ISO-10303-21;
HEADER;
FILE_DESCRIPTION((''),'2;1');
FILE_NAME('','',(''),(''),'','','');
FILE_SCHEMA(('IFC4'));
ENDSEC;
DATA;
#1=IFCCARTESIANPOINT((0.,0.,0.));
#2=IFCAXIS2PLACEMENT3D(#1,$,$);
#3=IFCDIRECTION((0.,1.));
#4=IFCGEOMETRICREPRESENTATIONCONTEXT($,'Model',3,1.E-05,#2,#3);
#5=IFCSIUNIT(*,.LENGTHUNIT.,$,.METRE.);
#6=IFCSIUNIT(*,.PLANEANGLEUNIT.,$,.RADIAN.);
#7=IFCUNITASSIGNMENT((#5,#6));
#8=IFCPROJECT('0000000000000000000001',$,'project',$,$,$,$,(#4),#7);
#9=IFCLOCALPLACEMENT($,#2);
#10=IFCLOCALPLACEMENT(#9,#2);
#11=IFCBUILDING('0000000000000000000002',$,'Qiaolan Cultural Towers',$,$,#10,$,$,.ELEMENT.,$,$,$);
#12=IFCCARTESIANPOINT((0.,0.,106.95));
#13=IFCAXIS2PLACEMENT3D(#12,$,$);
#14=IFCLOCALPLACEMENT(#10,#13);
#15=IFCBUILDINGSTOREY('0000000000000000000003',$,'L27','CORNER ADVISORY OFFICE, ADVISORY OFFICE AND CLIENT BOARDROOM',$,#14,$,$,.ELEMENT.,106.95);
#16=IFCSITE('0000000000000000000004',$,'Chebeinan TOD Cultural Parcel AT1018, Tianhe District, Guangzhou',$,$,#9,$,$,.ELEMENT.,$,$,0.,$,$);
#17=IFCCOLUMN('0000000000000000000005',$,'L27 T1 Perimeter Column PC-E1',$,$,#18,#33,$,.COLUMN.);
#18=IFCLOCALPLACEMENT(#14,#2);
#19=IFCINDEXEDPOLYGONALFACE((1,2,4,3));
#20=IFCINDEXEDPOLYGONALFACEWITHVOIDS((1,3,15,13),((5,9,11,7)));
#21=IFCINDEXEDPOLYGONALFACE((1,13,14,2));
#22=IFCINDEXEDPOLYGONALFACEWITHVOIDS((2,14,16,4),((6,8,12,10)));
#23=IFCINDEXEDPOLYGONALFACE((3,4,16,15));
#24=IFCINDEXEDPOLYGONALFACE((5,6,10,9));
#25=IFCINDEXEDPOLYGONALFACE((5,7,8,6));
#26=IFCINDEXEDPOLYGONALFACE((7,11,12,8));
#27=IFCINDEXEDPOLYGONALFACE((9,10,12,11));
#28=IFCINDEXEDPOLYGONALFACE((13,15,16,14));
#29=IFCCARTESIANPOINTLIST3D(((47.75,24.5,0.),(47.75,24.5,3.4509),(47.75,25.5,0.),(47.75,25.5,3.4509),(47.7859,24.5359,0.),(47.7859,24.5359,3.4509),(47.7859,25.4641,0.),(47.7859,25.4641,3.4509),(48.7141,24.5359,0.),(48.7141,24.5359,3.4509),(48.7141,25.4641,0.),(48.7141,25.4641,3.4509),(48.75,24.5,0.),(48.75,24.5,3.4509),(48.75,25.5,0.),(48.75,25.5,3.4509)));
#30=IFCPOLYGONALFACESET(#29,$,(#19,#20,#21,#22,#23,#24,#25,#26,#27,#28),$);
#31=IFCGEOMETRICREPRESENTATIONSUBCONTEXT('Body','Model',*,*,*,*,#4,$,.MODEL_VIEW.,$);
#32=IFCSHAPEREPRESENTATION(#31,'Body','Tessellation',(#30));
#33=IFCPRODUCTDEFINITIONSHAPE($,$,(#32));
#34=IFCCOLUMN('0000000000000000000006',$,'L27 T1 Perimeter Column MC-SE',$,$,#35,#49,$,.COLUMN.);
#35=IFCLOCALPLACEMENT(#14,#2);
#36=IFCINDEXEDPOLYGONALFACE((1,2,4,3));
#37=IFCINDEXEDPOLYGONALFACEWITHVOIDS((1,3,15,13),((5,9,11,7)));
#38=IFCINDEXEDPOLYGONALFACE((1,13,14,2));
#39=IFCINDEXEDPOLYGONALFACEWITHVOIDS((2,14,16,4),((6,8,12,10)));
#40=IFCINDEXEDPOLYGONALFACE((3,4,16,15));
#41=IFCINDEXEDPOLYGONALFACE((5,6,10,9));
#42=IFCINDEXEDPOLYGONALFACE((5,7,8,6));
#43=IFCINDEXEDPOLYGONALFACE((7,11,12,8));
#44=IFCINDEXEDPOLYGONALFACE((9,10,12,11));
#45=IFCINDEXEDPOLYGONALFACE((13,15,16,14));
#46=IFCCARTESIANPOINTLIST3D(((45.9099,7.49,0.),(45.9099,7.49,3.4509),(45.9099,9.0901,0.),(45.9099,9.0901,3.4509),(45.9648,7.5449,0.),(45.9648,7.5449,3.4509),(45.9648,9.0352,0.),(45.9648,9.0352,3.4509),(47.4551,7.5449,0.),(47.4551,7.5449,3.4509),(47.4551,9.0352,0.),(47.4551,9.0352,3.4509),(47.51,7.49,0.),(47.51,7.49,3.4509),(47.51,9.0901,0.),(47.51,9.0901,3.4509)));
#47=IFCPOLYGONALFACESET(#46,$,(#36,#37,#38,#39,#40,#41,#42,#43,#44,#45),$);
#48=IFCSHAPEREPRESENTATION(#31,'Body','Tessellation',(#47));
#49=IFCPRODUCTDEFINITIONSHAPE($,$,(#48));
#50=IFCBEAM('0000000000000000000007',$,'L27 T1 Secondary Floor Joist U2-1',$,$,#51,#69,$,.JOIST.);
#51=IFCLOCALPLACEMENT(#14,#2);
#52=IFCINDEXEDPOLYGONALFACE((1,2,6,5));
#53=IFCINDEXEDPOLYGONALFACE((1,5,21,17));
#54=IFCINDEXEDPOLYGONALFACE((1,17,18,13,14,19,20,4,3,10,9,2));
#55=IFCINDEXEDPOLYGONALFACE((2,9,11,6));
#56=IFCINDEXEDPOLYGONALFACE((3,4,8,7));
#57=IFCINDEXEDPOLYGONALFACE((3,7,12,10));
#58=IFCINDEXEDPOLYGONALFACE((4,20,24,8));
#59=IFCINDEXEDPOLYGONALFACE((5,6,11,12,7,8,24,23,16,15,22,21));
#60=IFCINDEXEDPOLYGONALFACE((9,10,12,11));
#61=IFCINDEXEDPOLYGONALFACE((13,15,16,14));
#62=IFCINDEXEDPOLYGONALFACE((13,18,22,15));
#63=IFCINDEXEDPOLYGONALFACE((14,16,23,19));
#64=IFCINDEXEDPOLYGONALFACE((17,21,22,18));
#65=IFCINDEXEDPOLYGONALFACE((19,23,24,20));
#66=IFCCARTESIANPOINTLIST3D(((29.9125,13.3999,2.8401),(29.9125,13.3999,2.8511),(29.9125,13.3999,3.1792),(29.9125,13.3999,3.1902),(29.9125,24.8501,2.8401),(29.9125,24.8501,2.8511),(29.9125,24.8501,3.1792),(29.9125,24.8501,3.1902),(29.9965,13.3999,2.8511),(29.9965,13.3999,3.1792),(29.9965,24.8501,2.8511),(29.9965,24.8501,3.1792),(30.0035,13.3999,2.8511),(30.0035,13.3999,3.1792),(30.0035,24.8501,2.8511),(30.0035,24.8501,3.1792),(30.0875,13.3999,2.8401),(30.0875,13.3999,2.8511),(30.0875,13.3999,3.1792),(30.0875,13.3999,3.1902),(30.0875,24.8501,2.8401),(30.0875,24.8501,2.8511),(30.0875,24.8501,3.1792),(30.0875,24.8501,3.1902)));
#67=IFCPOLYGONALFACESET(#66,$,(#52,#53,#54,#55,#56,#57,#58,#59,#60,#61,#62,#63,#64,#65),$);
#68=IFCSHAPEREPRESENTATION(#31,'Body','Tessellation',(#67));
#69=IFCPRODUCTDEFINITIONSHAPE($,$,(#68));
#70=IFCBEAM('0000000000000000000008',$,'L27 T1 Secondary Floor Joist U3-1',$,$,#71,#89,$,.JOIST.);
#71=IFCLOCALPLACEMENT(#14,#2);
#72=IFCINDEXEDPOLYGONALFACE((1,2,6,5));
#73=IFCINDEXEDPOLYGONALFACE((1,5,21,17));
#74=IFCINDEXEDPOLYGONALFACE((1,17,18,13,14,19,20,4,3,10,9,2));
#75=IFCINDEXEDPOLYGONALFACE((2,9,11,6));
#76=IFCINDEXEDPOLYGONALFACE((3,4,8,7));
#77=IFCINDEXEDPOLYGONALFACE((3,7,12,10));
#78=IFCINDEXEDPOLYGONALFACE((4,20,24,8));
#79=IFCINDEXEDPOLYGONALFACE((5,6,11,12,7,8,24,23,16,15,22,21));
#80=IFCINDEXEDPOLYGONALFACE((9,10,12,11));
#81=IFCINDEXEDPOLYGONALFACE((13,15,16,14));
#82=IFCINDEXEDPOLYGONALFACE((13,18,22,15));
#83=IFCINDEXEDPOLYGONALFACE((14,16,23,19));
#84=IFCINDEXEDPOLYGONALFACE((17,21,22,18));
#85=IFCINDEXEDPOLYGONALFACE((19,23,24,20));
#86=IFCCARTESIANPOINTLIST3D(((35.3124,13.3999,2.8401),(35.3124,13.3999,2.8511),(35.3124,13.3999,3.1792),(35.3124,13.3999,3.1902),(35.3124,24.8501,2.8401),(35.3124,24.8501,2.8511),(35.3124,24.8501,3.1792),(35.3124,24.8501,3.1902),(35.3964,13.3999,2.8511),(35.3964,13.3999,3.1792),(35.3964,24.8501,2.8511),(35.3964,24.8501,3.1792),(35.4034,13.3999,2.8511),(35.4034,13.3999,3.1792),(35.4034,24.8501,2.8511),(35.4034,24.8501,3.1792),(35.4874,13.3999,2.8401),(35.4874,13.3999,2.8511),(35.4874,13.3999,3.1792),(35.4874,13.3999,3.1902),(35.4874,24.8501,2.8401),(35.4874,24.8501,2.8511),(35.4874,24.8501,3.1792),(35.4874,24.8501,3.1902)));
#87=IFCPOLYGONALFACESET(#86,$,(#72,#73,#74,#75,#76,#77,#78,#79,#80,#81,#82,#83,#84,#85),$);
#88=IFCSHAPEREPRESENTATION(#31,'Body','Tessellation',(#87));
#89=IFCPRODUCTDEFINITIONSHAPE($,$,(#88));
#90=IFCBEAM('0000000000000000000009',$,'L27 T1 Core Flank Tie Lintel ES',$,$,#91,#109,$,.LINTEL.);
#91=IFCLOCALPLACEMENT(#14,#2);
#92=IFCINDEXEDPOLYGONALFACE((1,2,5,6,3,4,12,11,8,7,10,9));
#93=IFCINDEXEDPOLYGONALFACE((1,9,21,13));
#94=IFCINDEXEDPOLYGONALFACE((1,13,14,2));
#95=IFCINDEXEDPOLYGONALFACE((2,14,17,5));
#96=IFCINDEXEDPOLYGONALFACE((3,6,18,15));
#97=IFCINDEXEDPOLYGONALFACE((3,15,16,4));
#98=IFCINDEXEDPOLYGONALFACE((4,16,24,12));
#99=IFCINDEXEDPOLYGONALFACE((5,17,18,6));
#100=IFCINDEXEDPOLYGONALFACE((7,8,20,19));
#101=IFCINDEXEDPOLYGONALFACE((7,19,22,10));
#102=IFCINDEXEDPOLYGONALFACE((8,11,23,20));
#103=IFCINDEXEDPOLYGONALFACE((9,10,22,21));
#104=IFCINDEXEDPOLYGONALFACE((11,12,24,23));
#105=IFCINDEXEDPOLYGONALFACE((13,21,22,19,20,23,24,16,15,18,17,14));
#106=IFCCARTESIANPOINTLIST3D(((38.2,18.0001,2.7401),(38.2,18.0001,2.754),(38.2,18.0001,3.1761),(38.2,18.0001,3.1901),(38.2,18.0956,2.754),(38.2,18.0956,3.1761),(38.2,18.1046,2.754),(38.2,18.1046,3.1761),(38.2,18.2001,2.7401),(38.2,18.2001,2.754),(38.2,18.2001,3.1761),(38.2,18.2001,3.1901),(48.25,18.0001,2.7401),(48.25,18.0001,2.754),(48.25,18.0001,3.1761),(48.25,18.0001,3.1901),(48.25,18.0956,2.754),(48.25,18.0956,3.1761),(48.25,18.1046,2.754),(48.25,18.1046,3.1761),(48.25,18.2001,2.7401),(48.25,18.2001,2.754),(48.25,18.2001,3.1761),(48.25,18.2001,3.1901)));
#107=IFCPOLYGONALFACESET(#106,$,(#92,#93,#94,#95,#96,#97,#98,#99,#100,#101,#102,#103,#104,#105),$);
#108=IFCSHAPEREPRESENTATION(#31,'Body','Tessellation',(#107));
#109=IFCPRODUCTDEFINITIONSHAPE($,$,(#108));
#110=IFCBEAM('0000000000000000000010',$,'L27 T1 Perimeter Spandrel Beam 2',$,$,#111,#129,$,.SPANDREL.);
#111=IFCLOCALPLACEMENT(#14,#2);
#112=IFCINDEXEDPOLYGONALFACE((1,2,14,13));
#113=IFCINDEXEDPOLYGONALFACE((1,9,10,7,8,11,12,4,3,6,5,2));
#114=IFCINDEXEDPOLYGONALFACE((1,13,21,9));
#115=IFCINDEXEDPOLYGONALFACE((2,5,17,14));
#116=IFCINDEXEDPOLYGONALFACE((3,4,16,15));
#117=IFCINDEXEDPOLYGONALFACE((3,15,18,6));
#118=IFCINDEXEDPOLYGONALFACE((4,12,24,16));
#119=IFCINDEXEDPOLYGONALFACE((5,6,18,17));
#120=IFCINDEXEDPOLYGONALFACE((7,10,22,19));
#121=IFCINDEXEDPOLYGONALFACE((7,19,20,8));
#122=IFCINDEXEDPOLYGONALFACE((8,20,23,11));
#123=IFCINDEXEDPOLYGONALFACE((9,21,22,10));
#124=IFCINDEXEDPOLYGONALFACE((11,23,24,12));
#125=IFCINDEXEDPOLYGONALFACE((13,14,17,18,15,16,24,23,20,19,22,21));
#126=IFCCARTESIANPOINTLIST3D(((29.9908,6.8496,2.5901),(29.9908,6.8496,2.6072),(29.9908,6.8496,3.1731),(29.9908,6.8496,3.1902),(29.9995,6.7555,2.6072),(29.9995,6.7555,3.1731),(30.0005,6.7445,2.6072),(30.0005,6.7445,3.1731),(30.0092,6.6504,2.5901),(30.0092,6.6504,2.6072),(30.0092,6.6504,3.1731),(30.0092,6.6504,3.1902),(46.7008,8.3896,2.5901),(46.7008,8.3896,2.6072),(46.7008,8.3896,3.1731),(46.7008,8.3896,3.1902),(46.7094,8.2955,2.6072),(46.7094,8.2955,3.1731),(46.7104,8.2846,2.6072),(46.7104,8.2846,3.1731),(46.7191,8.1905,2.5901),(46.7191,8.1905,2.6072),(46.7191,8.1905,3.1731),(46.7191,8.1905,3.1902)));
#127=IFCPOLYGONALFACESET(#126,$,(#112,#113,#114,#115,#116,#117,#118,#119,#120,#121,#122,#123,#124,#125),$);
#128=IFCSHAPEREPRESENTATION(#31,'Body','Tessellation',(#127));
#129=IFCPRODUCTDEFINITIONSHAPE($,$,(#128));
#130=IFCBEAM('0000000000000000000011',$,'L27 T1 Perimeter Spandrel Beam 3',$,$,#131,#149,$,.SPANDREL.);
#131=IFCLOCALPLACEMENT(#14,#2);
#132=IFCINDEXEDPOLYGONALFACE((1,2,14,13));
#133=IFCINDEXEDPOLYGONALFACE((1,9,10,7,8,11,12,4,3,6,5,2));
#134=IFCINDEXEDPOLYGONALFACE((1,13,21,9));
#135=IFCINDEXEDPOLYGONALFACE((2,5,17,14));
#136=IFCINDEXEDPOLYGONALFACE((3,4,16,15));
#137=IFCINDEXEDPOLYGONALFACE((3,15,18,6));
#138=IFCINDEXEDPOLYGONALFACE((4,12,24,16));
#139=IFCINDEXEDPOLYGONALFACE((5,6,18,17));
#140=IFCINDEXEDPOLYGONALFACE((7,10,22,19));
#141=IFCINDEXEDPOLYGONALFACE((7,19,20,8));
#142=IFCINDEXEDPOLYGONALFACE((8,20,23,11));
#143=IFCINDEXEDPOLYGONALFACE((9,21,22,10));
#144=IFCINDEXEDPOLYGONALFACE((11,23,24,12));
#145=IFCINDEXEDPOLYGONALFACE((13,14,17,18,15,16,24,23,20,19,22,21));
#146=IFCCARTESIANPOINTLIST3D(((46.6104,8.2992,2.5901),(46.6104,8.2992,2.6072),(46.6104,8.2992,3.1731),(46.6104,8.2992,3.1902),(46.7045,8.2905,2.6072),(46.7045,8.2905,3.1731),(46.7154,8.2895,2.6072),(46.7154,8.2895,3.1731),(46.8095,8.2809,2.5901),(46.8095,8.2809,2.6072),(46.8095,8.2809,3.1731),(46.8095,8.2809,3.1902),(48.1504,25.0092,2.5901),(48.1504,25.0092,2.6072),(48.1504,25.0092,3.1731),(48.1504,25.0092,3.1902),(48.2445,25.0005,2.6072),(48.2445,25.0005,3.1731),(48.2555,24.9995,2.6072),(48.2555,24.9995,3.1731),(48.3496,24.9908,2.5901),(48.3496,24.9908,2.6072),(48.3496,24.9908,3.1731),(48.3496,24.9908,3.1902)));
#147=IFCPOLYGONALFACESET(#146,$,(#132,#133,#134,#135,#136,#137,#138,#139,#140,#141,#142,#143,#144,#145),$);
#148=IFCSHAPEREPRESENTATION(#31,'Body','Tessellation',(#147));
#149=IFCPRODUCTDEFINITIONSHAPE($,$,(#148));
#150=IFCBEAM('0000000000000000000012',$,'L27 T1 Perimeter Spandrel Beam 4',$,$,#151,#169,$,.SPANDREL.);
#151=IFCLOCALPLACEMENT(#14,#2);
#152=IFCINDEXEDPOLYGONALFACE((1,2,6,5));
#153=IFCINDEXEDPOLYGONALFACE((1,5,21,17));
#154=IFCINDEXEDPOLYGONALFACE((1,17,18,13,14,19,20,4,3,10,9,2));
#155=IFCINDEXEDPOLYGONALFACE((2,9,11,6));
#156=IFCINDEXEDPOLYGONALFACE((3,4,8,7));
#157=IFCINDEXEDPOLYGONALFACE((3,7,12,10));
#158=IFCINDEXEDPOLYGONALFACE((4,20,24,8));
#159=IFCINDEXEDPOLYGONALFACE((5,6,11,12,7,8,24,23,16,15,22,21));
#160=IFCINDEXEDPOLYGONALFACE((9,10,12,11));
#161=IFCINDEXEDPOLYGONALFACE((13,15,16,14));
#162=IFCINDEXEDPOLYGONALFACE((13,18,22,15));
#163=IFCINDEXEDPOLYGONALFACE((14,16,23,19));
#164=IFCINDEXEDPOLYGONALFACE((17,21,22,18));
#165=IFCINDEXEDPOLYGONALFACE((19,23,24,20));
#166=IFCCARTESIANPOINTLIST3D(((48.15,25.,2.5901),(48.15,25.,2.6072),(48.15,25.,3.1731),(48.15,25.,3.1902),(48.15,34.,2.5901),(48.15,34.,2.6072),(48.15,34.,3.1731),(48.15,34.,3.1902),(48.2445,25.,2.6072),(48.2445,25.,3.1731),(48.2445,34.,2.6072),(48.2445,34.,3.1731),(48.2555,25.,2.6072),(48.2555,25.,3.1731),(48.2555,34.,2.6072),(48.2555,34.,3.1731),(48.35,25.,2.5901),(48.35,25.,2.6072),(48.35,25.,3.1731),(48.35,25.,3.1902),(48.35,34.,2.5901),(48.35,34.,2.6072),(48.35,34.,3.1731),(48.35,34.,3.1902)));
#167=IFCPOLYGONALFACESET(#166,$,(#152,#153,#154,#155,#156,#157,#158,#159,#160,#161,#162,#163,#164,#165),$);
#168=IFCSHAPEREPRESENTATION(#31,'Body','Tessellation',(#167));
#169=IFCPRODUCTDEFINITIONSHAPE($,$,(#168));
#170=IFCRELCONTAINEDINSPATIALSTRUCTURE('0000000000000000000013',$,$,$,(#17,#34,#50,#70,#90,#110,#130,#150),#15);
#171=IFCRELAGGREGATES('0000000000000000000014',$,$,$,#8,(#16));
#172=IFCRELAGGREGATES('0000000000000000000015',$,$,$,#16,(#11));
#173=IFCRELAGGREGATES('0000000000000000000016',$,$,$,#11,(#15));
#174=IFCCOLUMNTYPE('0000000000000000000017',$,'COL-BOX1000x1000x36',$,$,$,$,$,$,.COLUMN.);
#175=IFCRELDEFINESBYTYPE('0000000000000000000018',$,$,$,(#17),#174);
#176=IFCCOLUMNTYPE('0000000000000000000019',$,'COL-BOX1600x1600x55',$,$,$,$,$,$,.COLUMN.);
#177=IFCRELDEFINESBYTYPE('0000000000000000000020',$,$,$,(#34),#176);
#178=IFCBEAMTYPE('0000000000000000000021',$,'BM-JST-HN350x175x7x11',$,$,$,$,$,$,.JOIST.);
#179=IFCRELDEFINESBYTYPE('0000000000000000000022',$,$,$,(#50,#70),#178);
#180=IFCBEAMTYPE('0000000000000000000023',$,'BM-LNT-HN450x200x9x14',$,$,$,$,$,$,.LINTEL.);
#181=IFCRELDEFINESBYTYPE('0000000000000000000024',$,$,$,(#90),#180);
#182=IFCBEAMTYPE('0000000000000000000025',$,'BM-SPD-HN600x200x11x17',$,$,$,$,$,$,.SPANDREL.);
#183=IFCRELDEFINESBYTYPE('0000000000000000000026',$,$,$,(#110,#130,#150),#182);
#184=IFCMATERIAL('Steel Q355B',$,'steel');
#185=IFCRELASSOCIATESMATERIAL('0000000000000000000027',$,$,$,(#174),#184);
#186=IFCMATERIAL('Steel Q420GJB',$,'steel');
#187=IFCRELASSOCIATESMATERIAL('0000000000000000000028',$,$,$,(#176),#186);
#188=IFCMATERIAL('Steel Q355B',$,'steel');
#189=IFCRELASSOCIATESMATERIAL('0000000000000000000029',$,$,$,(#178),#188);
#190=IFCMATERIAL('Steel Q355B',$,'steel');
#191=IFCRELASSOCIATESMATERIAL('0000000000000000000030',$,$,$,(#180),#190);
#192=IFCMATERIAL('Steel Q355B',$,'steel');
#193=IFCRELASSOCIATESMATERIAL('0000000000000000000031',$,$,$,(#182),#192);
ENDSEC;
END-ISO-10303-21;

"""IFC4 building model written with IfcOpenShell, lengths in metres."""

from ifc_helpers import new_model, si_unit, direction, frame, origin, origin_2d, place, context, subcontext, project, spatial, hollow_rectangle, i_section, extrude, material, material_profile, profile_set, type_object, element, save


model = new_model("IFC4")

# Units and contexts
model_context = context("Model", 3, precision=1e-05, world=origin(), true_north=direction((0.0, 1.0)))
body_context = subcontext(model_context, "Body", "Model", "MODEL_VIEW")
ifc_project = project(units=[si_unit("LENGTHUNIT", "METRE"), si_unit("PLANEANGLEUNIT", "RADIAN")], contexts=[model_context])

# Site, building, storey
site_placement = place(None, origin())
site = spatial("IfcSite", under=ifc_project, at=site_placement, Name="Chebeinan TOD Cultural Parcel AT1018, Tianhe District, Guangzhou", CompositionType="ELEMENT", RefElevation=0.0)
building_placement = place(site_placement, origin())
building = spatial("IfcBuilding", under=site, at=building_placement, Name="Qiaolan Cultural Towers", CompositionType="ELEMENT")
storey_placement = place(building_placement, frame((0.0, 0.0, 106.95)))
storey = spatial("IfcBuildingStorey", under=building, at=storey_placement, Name="L27", Description="CORNER ADVISORY OFFICE, ADVISORY OFFICE AND CLIENT BOARDROOM", CompositionType="ELEMENT", Elevation=106.95)

# Columns
ifc_material_1 = material(Name="Steel Q355B", Category="steel")
ifc_material_profile_1 = material_profile(ifc_material_1, hollow_rectangle(XDim=1.0, YDim=1.0, WallThickness=0.0359, at=origin_2d()), Name="BOX1000x1000x36")
ifc_profile_set_1 = profile_set([ifc_material_profile_1], Name="Steel Q355B")
column_type_1 = type_object("IfcColumnType", Name="COL-BOX1000x1000x36", PredefinedType="COLUMN", material=ifc_profile_set_1)
column_1_placement = place(storey_placement, frame((48.25, 25.0, 0.0), z_axis=(0.0, 0.0, 1.0), x_axis=(1.0, 0.0, 0.0)))
element("IfcColumn", 1, at=column_1_placement, inside=storey, type_object=column_type_1, Name="L27 T1 Perimeter Column PC-E1", PredefinedType="COLUMN", context=body_context, shape_type="SweptSolid", body=[
    extrude(hollow_rectangle(XDim=1.0, YDim=1.0, WallThickness=0.0359, at=origin_2d()), origin(), (0.0, 0.0, 1.0), 3.4509),
])
ifc_material_2 = material(Name="Steel Q420GJB", Category="steel")
ifc_material_profile_2 = material_profile(ifc_material_2, hollow_rectangle(XDim=1.6001, YDim=1.6001, WallThickness=0.0549, at=origin_2d()), Name="BOX1600x1600x55")
ifc_profile_set_2 = profile_set([ifc_material_profile_2], Name="Steel Q420GJB")
column_type_2 = type_object("IfcColumnType", Name="COL-BOX1600x1600x55", PredefinedType="COLUMN", material=ifc_profile_set_2)
column_2_placement = place(storey_placement, frame((46.71, 8.29, 0.0), z_axis=(0.0, 0.0, 1.0), x_axis=(1.0, 0.0, 0.0)))
element("IfcColumn", 2, at=column_2_placement, inside=storey, type_object=column_type_2, Name="L27 T1 Perimeter Column MC-SE", PredefinedType="COLUMN", context=body_context, shape_type="SweptSolid", body=[
    extrude(hollow_rectangle(XDim=1.6001, YDim=1.6001, WallThickness=0.0549, at=origin_2d()), origin(), (0.0, 0.0, 1.0), 3.4509),
])

# Beams
ifc_material_3 = material(Name="Steel Q355B", Category="steel")
ifc_material_profile_3 = material_profile(ifc_material_3, i_section(OverallWidth=0.175, OverallDepth=0.3501, WebThickness=0.0071, FlangeThickness=0.011, at=origin_2d()), Name="HN350x175x7x11")
ifc_profile_set_3 = profile_set([ifc_material_profile_3], Name="Steel Q355B")
beam_type_1 = type_object("IfcBeamType", Name="BM-JST-HN350x175x7x11", PredefinedType="JOIST", material=ifc_profile_set_3)
for number, where, z_axis, x_axis, name in (
    (3, (30.0, 13.3999, 3.0151), (0.0, 1.0, 0.0), (-1.0, 0.0, 0.0), "L27 T1 Secondary Floor Joist U2-1"),
    (4, (35.3999, 13.3999, 3.0151), (0.0, 1.0, 0.0), (-1.0, 0.0, 0.0), "L27 T1 Secondary Floor Joist U3-1"),
):
    element("IfcBeam", number, at=place(storey_placement, frame(where, z_axis=z_axis, x_axis=x_axis)), inside=storey, type_object=beam_type_1, Name=name, PredefinedType="JOIST", context=body_context, shape_type="SweptSolid", body=[
        extrude(i_section(OverallWidth=0.175, OverallDepth=0.3501, WebThickness=0.0071, FlangeThickness=0.011, at=origin_2d()), origin(), (0.0, 0.0, 1.0), 11.4502),
    ])
ifc_material_4 = material(Name="Steel Q355B", Category="steel")
ifc_material_profile_4 = material_profile(ifc_material_4, i_section(OverallWidth=0.2, OverallDepth=0.45, WebThickness=0.009, FlangeThickness=0.0139, at=origin_2d()), Name="HN450x200x9x14")
ifc_profile_set_4 = profile_set([ifc_material_profile_4], Name="Steel Q355B")
beam_type_2 = type_object("IfcBeamType", Name="BM-LNT-HN450x200x9x14", PredefinedType="LINTEL", material=ifc_profile_set_4)
beam_1_placement = place(storey_placement, frame((38.2, 18.1001, 2.9651), z_axis=(1.0, 0.0, 0.0), x_axis=(0.0, 1.0, 0.0)))
element("IfcBeam", 5, at=beam_1_placement, inside=storey, type_object=beam_type_2, Name="L27 T1 Core Flank Tie Lintel ES", PredefinedType="LINTEL", context=body_context, shape_type="SweptSolid", body=[
    extrude(i_section(OverallWidth=0.2, OverallDepth=0.45, WebThickness=0.009, FlangeThickness=0.0139, at=origin_2d()), origin(), (0.0, 0.0, 1.0), 10.05),
])
ifc_material_5 = material(Name="Steel Q355B", Category="steel")
ifc_material_profile_5 = material_profile(ifc_material_5, i_section(OverallWidth=0.2, OverallDepth=0.6001, WebThickness=0.011, FlangeThickness=0.0171, at=origin_2d()), Name="HN600x200x11x17")
ifc_profile_set_5 = profile_set([ifc_material_profile_5], Name="Steel Q355B")
beam_type_3 = type_object("IfcBeamType", Name="BM-SPD-HN600x200x11x17", PredefinedType="SPANDREL", material=ifc_profile_set_5)
for number, where, z_axis, x_axis, name in (
    (6, (30.0, 6.75, 2.8901), (0.99578, 0.091774, 0.0), (-0.091774, 0.99578, 0.0), "L27 T1 Perimeter Spandrel Beam 2"),
    (7, (46.71, 8.29, 2.8901), (0.091774, 0.99578, 0.0), (-0.99578, 0.091774, 0.0), "L27 T1 Perimeter Spandrel Beam 3"),
):
    element("IfcBeam", number, at=place(storey_placement, frame(where, z_axis=z_axis, x_axis=x_axis)), inside=storey, type_object=beam_type_3, Name=name, PredefinedType="SPANDREL", context=body_context, shape_type="SweptSolid", body=[
        extrude(i_section(OverallWidth=0.2, OverallDepth=0.6001, WebThickness=0.011, FlangeThickness=0.0171, at=origin_2d()), origin(), (0.0, 0.0, 1.0), 16.7808),
    ])
beam_2_placement = place(storey_placement, frame((48.25, 25.0, 2.8901), z_axis=(0.0, 1.0, 0.0), x_axis=(-1.0, 0.0, 0.0)))
element("IfcBeam", 8, at=beam_2_placement, inside=storey, type_object=beam_type_3, Name="L27 T1 Perimeter Spandrel Beam 4", PredefinedType="SPANDREL", context=body_context, shape_type="SweptSolid", body=[
    extrude(i_section(OverallWidth=0.2, OverallDepth=0.6001, WebThickness=0.011, FlangeThickness=0.0171, at=origin_2d()), origin(), (0.0, 0.0, 1.0), 9.0),
])

save(model, "model.ifc")
